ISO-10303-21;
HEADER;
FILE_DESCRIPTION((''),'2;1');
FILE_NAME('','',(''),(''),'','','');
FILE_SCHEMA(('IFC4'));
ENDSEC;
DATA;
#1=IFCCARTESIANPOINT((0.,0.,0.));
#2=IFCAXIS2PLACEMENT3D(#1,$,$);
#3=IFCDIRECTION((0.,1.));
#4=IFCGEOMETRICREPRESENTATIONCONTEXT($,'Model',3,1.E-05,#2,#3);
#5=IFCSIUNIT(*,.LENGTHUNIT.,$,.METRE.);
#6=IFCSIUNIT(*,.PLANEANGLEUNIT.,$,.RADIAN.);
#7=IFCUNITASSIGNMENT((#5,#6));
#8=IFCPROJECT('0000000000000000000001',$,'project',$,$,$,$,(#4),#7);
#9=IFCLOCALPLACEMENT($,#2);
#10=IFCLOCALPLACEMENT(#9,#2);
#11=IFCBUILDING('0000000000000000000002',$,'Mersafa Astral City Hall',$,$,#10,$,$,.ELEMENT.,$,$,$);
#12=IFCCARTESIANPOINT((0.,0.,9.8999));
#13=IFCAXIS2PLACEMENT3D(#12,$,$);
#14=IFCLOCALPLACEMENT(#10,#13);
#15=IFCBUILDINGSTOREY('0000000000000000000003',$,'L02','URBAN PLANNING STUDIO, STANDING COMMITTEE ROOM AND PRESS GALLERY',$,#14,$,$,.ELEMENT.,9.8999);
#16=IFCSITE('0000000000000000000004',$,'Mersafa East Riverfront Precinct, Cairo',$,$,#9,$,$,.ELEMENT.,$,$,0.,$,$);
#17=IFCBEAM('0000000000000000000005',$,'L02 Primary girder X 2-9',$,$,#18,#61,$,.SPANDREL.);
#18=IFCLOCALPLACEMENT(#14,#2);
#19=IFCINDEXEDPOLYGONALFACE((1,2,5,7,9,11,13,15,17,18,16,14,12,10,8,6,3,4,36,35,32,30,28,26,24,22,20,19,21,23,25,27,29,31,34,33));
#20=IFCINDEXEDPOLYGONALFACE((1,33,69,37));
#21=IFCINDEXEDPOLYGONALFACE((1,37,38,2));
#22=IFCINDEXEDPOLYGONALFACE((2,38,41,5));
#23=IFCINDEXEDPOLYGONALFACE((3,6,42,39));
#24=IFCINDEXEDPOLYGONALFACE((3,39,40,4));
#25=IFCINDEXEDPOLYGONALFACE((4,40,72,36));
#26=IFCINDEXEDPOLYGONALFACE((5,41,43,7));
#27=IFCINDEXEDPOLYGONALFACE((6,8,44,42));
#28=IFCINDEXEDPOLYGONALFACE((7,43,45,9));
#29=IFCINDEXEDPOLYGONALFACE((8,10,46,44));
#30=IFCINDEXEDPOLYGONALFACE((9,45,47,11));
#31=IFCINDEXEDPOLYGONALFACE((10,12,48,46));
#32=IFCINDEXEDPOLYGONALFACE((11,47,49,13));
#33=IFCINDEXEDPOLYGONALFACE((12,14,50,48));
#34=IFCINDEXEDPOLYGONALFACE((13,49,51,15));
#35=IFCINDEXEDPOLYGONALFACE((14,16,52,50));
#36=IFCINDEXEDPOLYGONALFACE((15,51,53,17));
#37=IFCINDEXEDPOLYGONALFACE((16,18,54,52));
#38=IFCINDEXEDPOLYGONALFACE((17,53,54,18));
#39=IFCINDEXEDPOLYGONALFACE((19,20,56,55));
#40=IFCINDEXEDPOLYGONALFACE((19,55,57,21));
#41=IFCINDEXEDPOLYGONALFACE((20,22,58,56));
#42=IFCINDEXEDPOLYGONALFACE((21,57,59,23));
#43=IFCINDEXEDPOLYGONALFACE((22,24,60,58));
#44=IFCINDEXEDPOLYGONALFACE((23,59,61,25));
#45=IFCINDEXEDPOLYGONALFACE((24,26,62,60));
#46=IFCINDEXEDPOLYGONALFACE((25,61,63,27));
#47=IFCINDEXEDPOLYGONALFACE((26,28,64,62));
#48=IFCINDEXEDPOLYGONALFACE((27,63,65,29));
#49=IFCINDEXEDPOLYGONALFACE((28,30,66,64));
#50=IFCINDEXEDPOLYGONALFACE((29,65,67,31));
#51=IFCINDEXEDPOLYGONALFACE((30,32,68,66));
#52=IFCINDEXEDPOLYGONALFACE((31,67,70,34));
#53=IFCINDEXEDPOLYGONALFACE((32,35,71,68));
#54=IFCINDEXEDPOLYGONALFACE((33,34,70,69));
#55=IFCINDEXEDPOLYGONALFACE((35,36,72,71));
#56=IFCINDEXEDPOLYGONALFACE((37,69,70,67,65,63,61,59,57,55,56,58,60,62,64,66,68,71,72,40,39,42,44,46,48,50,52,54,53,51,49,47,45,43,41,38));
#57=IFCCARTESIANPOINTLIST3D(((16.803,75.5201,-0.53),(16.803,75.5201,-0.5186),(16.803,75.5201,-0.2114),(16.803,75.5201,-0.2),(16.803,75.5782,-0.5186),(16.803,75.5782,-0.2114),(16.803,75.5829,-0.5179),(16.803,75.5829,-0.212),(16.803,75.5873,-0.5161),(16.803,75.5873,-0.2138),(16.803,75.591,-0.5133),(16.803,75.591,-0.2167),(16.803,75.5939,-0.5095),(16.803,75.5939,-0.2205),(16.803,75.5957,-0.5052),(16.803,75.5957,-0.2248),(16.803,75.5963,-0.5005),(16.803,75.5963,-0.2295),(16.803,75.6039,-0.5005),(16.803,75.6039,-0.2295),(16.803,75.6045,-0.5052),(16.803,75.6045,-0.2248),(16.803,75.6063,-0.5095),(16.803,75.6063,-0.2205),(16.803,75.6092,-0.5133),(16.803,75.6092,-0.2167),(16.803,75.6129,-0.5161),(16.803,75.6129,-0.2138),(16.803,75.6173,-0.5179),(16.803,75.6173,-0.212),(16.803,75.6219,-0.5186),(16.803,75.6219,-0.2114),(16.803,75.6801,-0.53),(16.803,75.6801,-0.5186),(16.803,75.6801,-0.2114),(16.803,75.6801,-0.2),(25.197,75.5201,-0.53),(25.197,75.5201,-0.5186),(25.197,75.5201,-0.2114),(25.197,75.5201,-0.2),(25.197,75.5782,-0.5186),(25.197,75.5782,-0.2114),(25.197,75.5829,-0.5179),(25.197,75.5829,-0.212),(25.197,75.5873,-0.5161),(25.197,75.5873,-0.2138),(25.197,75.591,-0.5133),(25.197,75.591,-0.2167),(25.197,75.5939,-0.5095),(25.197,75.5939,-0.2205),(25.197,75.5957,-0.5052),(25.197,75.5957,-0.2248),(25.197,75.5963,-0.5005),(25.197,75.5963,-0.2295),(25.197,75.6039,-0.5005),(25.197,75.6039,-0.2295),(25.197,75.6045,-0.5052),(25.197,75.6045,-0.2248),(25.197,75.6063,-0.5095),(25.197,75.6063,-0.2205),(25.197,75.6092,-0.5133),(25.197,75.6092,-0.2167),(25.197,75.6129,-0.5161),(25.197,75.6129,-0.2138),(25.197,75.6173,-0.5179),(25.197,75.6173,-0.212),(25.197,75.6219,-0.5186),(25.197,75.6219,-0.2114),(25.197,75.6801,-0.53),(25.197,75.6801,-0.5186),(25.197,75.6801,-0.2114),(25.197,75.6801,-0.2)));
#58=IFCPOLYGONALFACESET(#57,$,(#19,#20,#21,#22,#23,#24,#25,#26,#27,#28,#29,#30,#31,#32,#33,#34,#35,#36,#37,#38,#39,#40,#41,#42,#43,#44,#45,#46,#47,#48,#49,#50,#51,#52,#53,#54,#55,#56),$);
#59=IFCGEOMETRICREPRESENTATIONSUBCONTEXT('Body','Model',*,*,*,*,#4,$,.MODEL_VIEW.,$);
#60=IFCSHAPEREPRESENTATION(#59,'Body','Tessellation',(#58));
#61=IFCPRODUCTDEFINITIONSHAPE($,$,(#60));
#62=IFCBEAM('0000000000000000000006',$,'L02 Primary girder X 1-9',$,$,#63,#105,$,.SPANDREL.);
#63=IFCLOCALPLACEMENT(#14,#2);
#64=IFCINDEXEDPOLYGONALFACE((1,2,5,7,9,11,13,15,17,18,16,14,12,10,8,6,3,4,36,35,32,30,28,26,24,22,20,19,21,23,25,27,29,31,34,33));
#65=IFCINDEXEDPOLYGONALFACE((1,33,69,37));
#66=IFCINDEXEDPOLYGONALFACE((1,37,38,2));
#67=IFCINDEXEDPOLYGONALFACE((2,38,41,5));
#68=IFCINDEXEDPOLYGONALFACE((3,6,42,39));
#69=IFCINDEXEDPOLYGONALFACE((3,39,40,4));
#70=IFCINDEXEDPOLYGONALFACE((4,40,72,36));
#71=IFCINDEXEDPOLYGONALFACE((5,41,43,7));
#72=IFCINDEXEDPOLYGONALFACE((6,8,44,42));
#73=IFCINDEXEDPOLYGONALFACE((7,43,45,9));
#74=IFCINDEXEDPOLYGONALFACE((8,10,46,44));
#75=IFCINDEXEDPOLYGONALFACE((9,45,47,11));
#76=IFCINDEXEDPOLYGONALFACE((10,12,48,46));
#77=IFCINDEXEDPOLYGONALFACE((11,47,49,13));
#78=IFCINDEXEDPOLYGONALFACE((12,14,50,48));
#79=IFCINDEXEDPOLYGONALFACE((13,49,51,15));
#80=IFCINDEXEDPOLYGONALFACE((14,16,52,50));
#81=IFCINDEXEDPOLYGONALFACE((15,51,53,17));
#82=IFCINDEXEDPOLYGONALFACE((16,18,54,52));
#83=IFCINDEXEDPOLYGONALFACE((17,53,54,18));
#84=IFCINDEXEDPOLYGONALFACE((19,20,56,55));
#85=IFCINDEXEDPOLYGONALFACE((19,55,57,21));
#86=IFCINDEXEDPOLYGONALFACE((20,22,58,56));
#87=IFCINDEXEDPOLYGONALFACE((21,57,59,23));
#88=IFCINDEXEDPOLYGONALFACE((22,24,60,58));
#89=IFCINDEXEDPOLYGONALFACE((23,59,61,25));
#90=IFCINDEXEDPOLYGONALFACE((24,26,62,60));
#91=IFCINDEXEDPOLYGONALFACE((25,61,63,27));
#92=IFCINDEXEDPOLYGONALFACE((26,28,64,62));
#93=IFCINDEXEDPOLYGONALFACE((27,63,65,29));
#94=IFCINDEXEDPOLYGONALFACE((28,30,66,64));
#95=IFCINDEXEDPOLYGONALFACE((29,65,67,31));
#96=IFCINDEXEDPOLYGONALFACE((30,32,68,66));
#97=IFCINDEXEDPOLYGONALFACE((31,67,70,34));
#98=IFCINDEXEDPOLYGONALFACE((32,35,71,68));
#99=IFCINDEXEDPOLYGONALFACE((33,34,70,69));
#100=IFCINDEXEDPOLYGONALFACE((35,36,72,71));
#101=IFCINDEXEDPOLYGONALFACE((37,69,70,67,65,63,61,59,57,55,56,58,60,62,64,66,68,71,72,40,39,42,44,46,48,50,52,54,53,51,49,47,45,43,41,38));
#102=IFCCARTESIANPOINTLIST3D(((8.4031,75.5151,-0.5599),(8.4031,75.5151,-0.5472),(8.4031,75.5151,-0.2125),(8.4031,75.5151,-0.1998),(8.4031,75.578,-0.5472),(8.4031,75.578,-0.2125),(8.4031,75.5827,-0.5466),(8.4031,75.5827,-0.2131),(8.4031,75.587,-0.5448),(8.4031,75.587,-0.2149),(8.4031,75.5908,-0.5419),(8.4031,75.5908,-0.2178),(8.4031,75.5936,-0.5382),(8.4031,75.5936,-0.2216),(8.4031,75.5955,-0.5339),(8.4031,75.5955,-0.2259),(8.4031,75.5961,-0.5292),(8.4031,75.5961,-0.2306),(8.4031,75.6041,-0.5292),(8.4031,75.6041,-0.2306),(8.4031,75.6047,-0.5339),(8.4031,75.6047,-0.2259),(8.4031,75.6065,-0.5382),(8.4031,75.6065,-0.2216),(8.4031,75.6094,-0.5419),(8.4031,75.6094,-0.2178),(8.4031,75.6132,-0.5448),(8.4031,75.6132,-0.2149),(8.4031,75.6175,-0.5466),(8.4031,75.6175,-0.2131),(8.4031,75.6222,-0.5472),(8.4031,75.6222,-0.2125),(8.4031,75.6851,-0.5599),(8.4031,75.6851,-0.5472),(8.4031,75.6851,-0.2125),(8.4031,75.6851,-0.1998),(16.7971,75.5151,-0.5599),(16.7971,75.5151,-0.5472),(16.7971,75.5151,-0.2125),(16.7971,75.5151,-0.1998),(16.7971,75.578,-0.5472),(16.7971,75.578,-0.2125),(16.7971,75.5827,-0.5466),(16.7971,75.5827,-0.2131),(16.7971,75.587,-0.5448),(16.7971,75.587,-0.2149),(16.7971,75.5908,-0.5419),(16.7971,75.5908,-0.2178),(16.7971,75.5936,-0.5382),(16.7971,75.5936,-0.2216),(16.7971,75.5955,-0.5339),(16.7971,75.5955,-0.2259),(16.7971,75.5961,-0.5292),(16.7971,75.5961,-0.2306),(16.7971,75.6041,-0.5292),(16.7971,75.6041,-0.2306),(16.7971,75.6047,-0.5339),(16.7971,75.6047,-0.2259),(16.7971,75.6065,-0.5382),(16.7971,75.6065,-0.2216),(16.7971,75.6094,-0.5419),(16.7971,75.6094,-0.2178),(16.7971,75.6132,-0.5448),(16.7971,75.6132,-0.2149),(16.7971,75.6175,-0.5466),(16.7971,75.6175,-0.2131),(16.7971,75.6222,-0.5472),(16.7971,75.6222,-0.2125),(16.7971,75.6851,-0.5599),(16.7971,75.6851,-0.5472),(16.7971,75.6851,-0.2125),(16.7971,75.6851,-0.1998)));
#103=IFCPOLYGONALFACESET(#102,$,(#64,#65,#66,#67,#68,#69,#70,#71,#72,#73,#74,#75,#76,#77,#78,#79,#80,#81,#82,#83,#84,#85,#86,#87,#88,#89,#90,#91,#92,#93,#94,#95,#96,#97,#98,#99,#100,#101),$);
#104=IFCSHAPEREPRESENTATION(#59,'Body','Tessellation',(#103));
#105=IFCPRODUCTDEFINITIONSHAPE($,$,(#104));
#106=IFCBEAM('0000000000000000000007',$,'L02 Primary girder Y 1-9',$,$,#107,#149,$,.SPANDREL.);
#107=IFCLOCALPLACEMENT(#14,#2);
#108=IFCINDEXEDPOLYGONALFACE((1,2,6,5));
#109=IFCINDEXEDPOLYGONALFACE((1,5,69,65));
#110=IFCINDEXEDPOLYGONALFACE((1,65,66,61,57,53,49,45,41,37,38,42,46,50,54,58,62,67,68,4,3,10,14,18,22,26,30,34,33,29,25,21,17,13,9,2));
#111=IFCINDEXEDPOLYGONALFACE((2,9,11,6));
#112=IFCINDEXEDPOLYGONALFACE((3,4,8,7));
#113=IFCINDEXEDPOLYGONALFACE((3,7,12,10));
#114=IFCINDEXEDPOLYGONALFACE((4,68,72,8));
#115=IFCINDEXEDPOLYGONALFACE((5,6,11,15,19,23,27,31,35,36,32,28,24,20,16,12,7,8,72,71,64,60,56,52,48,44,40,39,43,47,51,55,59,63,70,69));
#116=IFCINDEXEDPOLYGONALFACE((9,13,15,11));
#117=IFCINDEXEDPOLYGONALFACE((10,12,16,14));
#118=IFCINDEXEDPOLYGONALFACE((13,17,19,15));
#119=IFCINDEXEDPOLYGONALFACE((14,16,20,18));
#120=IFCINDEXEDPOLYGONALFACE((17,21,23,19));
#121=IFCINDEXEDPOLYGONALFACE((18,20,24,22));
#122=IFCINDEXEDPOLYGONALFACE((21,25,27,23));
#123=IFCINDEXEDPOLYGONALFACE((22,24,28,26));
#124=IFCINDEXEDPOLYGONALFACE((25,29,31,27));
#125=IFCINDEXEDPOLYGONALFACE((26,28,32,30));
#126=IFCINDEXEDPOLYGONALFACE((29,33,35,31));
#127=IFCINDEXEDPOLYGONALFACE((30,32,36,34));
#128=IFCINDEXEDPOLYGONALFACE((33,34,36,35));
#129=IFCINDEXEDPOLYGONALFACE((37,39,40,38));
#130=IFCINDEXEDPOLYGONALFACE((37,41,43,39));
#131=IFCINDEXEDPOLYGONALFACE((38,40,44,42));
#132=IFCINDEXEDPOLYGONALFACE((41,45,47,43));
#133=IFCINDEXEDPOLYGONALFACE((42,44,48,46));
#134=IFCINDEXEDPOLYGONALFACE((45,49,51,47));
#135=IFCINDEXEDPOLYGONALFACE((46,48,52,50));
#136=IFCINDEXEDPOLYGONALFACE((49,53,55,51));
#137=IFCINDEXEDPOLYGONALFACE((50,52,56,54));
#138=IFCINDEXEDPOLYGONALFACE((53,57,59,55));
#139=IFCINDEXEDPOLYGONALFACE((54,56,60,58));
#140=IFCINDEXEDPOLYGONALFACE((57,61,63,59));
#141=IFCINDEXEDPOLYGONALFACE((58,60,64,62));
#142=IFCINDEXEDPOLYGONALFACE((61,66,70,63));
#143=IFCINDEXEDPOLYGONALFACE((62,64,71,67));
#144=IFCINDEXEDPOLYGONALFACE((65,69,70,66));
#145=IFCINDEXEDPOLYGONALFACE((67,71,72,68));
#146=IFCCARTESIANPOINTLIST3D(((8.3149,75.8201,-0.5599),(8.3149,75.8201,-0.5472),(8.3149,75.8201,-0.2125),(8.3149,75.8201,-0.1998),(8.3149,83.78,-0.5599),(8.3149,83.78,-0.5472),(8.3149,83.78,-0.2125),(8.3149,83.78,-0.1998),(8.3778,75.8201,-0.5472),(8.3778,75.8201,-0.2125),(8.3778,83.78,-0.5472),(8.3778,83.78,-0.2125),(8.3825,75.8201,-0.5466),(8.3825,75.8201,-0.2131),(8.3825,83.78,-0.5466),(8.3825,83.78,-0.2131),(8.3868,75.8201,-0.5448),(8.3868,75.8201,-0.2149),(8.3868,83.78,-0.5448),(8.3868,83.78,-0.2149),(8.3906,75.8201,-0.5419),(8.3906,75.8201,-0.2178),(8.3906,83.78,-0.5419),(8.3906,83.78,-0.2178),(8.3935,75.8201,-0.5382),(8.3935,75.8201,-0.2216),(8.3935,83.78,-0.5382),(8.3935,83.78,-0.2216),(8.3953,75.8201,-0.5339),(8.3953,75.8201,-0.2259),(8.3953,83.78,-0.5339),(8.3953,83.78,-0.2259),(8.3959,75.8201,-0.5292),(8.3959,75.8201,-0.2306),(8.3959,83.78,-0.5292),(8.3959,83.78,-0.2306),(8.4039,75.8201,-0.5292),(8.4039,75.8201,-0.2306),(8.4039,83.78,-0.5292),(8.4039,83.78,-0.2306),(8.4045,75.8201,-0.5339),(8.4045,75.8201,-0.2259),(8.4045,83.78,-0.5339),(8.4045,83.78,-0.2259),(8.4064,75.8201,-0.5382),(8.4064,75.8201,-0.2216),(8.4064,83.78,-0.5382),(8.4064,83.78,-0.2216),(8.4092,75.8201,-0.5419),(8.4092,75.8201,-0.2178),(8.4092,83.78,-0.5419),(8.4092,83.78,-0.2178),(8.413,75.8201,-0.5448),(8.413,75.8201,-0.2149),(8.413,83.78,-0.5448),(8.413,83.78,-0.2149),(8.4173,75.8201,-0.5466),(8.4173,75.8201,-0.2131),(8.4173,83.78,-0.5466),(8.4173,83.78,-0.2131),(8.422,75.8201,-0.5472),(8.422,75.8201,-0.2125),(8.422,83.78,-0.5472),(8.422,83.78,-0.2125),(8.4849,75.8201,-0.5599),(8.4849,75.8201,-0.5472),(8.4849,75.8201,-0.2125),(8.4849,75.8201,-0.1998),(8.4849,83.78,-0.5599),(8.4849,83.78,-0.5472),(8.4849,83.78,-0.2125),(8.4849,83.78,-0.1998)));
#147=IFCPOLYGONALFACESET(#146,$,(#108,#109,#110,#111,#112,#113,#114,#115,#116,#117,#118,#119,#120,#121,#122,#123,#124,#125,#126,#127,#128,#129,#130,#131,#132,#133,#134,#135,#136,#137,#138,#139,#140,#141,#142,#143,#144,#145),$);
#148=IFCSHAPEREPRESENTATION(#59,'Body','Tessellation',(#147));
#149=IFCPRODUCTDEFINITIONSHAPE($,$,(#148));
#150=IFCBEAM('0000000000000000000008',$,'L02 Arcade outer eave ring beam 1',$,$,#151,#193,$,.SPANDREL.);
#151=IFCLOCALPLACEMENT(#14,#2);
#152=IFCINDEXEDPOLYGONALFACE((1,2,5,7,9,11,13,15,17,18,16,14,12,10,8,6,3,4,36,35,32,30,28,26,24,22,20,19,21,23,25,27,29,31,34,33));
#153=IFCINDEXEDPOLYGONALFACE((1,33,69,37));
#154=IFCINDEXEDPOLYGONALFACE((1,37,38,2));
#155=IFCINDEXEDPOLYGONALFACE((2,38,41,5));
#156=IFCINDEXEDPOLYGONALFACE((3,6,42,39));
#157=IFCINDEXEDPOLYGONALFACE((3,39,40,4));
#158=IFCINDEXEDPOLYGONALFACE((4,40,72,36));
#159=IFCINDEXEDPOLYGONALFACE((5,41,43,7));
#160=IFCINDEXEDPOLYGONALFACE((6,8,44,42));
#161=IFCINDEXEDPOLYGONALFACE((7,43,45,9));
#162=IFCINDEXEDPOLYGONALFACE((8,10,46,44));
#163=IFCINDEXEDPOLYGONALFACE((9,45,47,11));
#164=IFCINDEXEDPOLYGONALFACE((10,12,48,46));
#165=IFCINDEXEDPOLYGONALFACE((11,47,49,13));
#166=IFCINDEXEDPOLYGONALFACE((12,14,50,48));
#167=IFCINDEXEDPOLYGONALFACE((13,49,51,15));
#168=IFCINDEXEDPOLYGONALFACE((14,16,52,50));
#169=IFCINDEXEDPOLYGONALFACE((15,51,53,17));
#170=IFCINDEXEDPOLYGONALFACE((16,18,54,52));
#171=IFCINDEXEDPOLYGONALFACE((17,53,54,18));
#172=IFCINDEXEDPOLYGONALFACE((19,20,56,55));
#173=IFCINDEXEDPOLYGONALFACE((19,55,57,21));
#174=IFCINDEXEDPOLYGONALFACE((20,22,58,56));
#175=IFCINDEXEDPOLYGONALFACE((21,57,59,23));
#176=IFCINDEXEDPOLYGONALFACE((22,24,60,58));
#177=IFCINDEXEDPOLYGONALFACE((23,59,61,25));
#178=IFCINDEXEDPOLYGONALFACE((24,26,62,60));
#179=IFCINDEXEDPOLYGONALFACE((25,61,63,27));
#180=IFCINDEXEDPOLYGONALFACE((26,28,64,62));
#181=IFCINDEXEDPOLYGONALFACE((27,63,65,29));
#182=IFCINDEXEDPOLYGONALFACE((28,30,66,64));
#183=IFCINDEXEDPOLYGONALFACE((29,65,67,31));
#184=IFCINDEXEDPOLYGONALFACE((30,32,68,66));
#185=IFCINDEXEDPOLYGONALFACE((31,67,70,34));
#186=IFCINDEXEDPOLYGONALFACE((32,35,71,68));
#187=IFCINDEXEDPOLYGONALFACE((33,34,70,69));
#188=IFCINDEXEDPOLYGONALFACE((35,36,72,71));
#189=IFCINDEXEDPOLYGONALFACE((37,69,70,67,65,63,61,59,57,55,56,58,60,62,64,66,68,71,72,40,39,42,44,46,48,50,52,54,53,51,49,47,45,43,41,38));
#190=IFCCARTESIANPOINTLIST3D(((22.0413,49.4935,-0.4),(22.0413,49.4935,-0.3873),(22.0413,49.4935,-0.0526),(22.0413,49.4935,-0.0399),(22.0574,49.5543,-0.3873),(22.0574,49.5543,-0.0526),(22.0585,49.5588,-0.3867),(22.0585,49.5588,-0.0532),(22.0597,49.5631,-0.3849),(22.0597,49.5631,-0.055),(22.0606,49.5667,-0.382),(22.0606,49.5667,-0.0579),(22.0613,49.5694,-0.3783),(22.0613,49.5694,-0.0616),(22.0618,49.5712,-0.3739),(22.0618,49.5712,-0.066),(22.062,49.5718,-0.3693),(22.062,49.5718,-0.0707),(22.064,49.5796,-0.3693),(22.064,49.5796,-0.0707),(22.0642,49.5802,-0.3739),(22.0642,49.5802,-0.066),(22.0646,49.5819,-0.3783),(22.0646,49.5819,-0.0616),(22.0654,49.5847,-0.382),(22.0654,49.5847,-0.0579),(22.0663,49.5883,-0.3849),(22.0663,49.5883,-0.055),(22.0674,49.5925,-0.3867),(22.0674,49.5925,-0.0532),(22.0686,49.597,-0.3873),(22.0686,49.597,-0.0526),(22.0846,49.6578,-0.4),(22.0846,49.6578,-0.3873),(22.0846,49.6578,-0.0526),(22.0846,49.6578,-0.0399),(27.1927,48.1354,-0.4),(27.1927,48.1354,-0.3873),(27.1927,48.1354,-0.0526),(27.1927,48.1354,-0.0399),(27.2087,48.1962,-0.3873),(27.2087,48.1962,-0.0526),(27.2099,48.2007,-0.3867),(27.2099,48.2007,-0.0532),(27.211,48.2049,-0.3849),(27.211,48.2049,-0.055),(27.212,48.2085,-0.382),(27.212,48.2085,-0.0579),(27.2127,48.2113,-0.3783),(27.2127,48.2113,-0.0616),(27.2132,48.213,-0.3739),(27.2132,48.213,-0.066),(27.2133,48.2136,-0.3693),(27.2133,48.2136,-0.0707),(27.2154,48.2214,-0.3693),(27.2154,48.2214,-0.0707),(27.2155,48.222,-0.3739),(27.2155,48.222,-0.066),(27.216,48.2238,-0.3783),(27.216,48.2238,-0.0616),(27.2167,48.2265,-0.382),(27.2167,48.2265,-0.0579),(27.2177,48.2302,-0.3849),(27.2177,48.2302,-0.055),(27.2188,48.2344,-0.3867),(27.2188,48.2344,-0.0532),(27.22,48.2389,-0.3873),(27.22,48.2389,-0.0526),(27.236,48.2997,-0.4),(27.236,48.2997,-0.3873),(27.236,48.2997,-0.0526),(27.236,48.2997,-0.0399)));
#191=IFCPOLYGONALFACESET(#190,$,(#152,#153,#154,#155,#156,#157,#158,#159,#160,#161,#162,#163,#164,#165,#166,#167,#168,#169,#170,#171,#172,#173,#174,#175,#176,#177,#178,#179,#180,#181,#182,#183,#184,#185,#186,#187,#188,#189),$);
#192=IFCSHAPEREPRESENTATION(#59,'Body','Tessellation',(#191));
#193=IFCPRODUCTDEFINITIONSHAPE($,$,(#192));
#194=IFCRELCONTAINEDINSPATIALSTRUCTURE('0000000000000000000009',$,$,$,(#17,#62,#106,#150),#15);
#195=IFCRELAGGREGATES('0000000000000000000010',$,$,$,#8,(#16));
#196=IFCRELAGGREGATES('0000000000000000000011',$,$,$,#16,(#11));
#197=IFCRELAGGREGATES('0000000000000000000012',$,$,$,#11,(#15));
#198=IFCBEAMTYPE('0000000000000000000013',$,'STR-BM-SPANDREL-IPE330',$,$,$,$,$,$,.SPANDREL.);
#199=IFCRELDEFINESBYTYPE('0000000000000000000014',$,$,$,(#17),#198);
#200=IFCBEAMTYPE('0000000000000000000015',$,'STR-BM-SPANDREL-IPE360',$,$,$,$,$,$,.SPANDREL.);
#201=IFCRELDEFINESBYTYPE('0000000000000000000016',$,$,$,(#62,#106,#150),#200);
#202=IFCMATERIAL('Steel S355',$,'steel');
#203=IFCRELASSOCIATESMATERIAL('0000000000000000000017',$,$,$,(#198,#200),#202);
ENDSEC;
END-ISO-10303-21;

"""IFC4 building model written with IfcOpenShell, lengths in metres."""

from ifc_helpers import new_model, si_unit, direction, frame, origin, origin_2d, place, context, subcontext, project, spatial, i_section, extrude, material, material_profile, profile_set, type_object, element, save


model = new_model("IFC4")

# Units and contexts
model_context = context("Model", 3, precision=1e-05, world=origin(), true_north=direction((0.0, 1.0)))
body_context = subcontext(model_context, "Body", "Model", "MODEL_VIEW")
ifc_project = project(units=[si_unit("LENGTHUNIT", "METRE"), si_unit("PLANEANGLEUNIT", "RADIAN")], contexts=[model_context])

# Site, building, storey
site_placement = place(None, origin())
site = spatial("IfcSite", under=ifc_project, at=site_placement, Name="Mersafa East Riverfront Precinct, Cairo", CompositionType="ELEMENT", RefElevation=0.0)
building_placement = place(site_placement, origin())
building = spatial("IfcBuilding", under=site, at=building_placement, Name="Mersafa Astral City Hall", CompositionType="ELEMENT")
storey_placement = place(building_placement, frame((0.0, 0.0, 9.8999)))
storey = spatial("IfcBuildingStorey", under=building, at=storey_placement, Name="L02", Description="URBAN PLANNING STUDIO, STANDING COMMITTEE ROOM AND PRESS GALLERY", CompositionType="ELEMENT", Elevation=9.8999)

# Shared definitions
ifc_material_1 = material(Name="Steel S355", Category="steel")

# Beams
ifc_material_profile_1 = material_profile(ifc_material_1, i_section(OverallWidth=0.1599, OverallDepth=0.3301, WebThickness=0.0076, FlangeThickness=0.0115, FilletRadius=0.0181, at=origin_2d()), Name="IPE 330")
ifc_profile_set_1 = profile_set([ifc_material_profile_1], Name="Steel S355")
beam_type_1 = type_object("IfcBeamType", Name="STR-BM-SPANDREL-IPE330", PredefinedType="SPANDREL", material=ifc_profile_set_1)
beam_1_placement = place(storey_placement, frame((16.803, 75.6001, -0.365), z_axis=(1.0, 0.0, 0.0), x_axis=(0.0, 1.0, 0.0)))
element("IfcBeam", 1, at=beam_1_placement, inside=storey, type_object=beam_type_1, Name="L02 Primary girder X 2-9", PredefinedType="SPANDREL", context=body_context, shape_type="SweptSolid", body=[
    extrude(i_section(OverallWidth=0.1599, OverallDepth=0.3301, WebThickness=0.0076, FlangeThickness=0.0115, FilletRadius=0.0181, at=origin_2d()), origin(), (0.0, 0.0, 1.0), 8.394),
])
ifc_material_profile_2 = material_profile(ifc_material_1, i_section(OverallWidth=0.1699, OverallDepth=0.3601, WebThickness=0.0081, FlangeThickness=0.0127, FilletRadius=0.0181, at=origin_2d()), Name="IPE 360")
ifc_profile_set_2 = profile_set([ifc_material_profile_2], Name="Steel S355")
beam_type_2 = type_object("IfcBeamType", Name="STR-BM-SPANDREL-IPE360", PredefinedType="SPANDREL", material=ifc_profile_set_2)
beam_2_placement = place(storey_placement, frame((8.4031, 75.6001, -0.3799), z_axis=(1.0, 0.0, 0.0), x_axis=(0.0, 1.0, 0.0)))
element("IfcBeam", 2, at=beam_2_placement, inside=storey, type_object=beam_type_2, Name="L02 Primary girder X 1-9", PredefinedType="SPANDREL", context=body_context, shape_type="SweptSolid", body=[
    extrude(i_section(OverallWidth=0.1699, OverallDepth=0.3601, WebThickness=0.0081, FlangeThickness=0.0127, FilletRadius=0.0181, at=origin_2d()), origin(), (0.0, 0.0, 1.0), 8.394),
])
beam_3_placement = place(storey_placement, frame((8.3999, 75.8201, -0.3799), z_axis=(0.0, 1.0, 0.0), x_axis=(-1.0, 0.0, 0.0)))
element("IfcBeam", 3, at=beam_3_placement, inside=storey, type_object=beam_type_2, Name="L02 Primary girder Y 1-9", PredefinedType="SPANDREL", context=body_context, shape_type="SweptSolid", body=[
    extrude(i_section(OverallWidth=0.1699, OverallDepth=0.3601, WebThickness=0.0081, FlangeThickness=0.0127, FilletRadius=0.0181, at=origin_2d()), origin(), (0.0, 0.0, 1.0), 7.96),
])
beam_4_placement = place(storey_placement, frame((22.063, 49.5757, -0.22), z_axis=(0.966957, -0.254938, 0.0), x_axis=(0.254938, 0.966957, 0.0)))
element("IfcBeam", 4, at=beam_4_placement, inside=storey, type_object=beam_type_2, Name="L02 Arcade outer eave ring beam 1", PredefinedType="SPANDREL", context=body_context, shape_type="SweptSolid", body=[
    extrude(i_section(OverallWidth=0.1699, OverallDepth=0.3601, WebThickness=0.0081, FlangeThickness=0.0127, FilletRadius=0.0181, at=origin_2d()), origin(), (0.0, 0.0, 1.0), 5.3274),
])

save(model, "model.ifc")
